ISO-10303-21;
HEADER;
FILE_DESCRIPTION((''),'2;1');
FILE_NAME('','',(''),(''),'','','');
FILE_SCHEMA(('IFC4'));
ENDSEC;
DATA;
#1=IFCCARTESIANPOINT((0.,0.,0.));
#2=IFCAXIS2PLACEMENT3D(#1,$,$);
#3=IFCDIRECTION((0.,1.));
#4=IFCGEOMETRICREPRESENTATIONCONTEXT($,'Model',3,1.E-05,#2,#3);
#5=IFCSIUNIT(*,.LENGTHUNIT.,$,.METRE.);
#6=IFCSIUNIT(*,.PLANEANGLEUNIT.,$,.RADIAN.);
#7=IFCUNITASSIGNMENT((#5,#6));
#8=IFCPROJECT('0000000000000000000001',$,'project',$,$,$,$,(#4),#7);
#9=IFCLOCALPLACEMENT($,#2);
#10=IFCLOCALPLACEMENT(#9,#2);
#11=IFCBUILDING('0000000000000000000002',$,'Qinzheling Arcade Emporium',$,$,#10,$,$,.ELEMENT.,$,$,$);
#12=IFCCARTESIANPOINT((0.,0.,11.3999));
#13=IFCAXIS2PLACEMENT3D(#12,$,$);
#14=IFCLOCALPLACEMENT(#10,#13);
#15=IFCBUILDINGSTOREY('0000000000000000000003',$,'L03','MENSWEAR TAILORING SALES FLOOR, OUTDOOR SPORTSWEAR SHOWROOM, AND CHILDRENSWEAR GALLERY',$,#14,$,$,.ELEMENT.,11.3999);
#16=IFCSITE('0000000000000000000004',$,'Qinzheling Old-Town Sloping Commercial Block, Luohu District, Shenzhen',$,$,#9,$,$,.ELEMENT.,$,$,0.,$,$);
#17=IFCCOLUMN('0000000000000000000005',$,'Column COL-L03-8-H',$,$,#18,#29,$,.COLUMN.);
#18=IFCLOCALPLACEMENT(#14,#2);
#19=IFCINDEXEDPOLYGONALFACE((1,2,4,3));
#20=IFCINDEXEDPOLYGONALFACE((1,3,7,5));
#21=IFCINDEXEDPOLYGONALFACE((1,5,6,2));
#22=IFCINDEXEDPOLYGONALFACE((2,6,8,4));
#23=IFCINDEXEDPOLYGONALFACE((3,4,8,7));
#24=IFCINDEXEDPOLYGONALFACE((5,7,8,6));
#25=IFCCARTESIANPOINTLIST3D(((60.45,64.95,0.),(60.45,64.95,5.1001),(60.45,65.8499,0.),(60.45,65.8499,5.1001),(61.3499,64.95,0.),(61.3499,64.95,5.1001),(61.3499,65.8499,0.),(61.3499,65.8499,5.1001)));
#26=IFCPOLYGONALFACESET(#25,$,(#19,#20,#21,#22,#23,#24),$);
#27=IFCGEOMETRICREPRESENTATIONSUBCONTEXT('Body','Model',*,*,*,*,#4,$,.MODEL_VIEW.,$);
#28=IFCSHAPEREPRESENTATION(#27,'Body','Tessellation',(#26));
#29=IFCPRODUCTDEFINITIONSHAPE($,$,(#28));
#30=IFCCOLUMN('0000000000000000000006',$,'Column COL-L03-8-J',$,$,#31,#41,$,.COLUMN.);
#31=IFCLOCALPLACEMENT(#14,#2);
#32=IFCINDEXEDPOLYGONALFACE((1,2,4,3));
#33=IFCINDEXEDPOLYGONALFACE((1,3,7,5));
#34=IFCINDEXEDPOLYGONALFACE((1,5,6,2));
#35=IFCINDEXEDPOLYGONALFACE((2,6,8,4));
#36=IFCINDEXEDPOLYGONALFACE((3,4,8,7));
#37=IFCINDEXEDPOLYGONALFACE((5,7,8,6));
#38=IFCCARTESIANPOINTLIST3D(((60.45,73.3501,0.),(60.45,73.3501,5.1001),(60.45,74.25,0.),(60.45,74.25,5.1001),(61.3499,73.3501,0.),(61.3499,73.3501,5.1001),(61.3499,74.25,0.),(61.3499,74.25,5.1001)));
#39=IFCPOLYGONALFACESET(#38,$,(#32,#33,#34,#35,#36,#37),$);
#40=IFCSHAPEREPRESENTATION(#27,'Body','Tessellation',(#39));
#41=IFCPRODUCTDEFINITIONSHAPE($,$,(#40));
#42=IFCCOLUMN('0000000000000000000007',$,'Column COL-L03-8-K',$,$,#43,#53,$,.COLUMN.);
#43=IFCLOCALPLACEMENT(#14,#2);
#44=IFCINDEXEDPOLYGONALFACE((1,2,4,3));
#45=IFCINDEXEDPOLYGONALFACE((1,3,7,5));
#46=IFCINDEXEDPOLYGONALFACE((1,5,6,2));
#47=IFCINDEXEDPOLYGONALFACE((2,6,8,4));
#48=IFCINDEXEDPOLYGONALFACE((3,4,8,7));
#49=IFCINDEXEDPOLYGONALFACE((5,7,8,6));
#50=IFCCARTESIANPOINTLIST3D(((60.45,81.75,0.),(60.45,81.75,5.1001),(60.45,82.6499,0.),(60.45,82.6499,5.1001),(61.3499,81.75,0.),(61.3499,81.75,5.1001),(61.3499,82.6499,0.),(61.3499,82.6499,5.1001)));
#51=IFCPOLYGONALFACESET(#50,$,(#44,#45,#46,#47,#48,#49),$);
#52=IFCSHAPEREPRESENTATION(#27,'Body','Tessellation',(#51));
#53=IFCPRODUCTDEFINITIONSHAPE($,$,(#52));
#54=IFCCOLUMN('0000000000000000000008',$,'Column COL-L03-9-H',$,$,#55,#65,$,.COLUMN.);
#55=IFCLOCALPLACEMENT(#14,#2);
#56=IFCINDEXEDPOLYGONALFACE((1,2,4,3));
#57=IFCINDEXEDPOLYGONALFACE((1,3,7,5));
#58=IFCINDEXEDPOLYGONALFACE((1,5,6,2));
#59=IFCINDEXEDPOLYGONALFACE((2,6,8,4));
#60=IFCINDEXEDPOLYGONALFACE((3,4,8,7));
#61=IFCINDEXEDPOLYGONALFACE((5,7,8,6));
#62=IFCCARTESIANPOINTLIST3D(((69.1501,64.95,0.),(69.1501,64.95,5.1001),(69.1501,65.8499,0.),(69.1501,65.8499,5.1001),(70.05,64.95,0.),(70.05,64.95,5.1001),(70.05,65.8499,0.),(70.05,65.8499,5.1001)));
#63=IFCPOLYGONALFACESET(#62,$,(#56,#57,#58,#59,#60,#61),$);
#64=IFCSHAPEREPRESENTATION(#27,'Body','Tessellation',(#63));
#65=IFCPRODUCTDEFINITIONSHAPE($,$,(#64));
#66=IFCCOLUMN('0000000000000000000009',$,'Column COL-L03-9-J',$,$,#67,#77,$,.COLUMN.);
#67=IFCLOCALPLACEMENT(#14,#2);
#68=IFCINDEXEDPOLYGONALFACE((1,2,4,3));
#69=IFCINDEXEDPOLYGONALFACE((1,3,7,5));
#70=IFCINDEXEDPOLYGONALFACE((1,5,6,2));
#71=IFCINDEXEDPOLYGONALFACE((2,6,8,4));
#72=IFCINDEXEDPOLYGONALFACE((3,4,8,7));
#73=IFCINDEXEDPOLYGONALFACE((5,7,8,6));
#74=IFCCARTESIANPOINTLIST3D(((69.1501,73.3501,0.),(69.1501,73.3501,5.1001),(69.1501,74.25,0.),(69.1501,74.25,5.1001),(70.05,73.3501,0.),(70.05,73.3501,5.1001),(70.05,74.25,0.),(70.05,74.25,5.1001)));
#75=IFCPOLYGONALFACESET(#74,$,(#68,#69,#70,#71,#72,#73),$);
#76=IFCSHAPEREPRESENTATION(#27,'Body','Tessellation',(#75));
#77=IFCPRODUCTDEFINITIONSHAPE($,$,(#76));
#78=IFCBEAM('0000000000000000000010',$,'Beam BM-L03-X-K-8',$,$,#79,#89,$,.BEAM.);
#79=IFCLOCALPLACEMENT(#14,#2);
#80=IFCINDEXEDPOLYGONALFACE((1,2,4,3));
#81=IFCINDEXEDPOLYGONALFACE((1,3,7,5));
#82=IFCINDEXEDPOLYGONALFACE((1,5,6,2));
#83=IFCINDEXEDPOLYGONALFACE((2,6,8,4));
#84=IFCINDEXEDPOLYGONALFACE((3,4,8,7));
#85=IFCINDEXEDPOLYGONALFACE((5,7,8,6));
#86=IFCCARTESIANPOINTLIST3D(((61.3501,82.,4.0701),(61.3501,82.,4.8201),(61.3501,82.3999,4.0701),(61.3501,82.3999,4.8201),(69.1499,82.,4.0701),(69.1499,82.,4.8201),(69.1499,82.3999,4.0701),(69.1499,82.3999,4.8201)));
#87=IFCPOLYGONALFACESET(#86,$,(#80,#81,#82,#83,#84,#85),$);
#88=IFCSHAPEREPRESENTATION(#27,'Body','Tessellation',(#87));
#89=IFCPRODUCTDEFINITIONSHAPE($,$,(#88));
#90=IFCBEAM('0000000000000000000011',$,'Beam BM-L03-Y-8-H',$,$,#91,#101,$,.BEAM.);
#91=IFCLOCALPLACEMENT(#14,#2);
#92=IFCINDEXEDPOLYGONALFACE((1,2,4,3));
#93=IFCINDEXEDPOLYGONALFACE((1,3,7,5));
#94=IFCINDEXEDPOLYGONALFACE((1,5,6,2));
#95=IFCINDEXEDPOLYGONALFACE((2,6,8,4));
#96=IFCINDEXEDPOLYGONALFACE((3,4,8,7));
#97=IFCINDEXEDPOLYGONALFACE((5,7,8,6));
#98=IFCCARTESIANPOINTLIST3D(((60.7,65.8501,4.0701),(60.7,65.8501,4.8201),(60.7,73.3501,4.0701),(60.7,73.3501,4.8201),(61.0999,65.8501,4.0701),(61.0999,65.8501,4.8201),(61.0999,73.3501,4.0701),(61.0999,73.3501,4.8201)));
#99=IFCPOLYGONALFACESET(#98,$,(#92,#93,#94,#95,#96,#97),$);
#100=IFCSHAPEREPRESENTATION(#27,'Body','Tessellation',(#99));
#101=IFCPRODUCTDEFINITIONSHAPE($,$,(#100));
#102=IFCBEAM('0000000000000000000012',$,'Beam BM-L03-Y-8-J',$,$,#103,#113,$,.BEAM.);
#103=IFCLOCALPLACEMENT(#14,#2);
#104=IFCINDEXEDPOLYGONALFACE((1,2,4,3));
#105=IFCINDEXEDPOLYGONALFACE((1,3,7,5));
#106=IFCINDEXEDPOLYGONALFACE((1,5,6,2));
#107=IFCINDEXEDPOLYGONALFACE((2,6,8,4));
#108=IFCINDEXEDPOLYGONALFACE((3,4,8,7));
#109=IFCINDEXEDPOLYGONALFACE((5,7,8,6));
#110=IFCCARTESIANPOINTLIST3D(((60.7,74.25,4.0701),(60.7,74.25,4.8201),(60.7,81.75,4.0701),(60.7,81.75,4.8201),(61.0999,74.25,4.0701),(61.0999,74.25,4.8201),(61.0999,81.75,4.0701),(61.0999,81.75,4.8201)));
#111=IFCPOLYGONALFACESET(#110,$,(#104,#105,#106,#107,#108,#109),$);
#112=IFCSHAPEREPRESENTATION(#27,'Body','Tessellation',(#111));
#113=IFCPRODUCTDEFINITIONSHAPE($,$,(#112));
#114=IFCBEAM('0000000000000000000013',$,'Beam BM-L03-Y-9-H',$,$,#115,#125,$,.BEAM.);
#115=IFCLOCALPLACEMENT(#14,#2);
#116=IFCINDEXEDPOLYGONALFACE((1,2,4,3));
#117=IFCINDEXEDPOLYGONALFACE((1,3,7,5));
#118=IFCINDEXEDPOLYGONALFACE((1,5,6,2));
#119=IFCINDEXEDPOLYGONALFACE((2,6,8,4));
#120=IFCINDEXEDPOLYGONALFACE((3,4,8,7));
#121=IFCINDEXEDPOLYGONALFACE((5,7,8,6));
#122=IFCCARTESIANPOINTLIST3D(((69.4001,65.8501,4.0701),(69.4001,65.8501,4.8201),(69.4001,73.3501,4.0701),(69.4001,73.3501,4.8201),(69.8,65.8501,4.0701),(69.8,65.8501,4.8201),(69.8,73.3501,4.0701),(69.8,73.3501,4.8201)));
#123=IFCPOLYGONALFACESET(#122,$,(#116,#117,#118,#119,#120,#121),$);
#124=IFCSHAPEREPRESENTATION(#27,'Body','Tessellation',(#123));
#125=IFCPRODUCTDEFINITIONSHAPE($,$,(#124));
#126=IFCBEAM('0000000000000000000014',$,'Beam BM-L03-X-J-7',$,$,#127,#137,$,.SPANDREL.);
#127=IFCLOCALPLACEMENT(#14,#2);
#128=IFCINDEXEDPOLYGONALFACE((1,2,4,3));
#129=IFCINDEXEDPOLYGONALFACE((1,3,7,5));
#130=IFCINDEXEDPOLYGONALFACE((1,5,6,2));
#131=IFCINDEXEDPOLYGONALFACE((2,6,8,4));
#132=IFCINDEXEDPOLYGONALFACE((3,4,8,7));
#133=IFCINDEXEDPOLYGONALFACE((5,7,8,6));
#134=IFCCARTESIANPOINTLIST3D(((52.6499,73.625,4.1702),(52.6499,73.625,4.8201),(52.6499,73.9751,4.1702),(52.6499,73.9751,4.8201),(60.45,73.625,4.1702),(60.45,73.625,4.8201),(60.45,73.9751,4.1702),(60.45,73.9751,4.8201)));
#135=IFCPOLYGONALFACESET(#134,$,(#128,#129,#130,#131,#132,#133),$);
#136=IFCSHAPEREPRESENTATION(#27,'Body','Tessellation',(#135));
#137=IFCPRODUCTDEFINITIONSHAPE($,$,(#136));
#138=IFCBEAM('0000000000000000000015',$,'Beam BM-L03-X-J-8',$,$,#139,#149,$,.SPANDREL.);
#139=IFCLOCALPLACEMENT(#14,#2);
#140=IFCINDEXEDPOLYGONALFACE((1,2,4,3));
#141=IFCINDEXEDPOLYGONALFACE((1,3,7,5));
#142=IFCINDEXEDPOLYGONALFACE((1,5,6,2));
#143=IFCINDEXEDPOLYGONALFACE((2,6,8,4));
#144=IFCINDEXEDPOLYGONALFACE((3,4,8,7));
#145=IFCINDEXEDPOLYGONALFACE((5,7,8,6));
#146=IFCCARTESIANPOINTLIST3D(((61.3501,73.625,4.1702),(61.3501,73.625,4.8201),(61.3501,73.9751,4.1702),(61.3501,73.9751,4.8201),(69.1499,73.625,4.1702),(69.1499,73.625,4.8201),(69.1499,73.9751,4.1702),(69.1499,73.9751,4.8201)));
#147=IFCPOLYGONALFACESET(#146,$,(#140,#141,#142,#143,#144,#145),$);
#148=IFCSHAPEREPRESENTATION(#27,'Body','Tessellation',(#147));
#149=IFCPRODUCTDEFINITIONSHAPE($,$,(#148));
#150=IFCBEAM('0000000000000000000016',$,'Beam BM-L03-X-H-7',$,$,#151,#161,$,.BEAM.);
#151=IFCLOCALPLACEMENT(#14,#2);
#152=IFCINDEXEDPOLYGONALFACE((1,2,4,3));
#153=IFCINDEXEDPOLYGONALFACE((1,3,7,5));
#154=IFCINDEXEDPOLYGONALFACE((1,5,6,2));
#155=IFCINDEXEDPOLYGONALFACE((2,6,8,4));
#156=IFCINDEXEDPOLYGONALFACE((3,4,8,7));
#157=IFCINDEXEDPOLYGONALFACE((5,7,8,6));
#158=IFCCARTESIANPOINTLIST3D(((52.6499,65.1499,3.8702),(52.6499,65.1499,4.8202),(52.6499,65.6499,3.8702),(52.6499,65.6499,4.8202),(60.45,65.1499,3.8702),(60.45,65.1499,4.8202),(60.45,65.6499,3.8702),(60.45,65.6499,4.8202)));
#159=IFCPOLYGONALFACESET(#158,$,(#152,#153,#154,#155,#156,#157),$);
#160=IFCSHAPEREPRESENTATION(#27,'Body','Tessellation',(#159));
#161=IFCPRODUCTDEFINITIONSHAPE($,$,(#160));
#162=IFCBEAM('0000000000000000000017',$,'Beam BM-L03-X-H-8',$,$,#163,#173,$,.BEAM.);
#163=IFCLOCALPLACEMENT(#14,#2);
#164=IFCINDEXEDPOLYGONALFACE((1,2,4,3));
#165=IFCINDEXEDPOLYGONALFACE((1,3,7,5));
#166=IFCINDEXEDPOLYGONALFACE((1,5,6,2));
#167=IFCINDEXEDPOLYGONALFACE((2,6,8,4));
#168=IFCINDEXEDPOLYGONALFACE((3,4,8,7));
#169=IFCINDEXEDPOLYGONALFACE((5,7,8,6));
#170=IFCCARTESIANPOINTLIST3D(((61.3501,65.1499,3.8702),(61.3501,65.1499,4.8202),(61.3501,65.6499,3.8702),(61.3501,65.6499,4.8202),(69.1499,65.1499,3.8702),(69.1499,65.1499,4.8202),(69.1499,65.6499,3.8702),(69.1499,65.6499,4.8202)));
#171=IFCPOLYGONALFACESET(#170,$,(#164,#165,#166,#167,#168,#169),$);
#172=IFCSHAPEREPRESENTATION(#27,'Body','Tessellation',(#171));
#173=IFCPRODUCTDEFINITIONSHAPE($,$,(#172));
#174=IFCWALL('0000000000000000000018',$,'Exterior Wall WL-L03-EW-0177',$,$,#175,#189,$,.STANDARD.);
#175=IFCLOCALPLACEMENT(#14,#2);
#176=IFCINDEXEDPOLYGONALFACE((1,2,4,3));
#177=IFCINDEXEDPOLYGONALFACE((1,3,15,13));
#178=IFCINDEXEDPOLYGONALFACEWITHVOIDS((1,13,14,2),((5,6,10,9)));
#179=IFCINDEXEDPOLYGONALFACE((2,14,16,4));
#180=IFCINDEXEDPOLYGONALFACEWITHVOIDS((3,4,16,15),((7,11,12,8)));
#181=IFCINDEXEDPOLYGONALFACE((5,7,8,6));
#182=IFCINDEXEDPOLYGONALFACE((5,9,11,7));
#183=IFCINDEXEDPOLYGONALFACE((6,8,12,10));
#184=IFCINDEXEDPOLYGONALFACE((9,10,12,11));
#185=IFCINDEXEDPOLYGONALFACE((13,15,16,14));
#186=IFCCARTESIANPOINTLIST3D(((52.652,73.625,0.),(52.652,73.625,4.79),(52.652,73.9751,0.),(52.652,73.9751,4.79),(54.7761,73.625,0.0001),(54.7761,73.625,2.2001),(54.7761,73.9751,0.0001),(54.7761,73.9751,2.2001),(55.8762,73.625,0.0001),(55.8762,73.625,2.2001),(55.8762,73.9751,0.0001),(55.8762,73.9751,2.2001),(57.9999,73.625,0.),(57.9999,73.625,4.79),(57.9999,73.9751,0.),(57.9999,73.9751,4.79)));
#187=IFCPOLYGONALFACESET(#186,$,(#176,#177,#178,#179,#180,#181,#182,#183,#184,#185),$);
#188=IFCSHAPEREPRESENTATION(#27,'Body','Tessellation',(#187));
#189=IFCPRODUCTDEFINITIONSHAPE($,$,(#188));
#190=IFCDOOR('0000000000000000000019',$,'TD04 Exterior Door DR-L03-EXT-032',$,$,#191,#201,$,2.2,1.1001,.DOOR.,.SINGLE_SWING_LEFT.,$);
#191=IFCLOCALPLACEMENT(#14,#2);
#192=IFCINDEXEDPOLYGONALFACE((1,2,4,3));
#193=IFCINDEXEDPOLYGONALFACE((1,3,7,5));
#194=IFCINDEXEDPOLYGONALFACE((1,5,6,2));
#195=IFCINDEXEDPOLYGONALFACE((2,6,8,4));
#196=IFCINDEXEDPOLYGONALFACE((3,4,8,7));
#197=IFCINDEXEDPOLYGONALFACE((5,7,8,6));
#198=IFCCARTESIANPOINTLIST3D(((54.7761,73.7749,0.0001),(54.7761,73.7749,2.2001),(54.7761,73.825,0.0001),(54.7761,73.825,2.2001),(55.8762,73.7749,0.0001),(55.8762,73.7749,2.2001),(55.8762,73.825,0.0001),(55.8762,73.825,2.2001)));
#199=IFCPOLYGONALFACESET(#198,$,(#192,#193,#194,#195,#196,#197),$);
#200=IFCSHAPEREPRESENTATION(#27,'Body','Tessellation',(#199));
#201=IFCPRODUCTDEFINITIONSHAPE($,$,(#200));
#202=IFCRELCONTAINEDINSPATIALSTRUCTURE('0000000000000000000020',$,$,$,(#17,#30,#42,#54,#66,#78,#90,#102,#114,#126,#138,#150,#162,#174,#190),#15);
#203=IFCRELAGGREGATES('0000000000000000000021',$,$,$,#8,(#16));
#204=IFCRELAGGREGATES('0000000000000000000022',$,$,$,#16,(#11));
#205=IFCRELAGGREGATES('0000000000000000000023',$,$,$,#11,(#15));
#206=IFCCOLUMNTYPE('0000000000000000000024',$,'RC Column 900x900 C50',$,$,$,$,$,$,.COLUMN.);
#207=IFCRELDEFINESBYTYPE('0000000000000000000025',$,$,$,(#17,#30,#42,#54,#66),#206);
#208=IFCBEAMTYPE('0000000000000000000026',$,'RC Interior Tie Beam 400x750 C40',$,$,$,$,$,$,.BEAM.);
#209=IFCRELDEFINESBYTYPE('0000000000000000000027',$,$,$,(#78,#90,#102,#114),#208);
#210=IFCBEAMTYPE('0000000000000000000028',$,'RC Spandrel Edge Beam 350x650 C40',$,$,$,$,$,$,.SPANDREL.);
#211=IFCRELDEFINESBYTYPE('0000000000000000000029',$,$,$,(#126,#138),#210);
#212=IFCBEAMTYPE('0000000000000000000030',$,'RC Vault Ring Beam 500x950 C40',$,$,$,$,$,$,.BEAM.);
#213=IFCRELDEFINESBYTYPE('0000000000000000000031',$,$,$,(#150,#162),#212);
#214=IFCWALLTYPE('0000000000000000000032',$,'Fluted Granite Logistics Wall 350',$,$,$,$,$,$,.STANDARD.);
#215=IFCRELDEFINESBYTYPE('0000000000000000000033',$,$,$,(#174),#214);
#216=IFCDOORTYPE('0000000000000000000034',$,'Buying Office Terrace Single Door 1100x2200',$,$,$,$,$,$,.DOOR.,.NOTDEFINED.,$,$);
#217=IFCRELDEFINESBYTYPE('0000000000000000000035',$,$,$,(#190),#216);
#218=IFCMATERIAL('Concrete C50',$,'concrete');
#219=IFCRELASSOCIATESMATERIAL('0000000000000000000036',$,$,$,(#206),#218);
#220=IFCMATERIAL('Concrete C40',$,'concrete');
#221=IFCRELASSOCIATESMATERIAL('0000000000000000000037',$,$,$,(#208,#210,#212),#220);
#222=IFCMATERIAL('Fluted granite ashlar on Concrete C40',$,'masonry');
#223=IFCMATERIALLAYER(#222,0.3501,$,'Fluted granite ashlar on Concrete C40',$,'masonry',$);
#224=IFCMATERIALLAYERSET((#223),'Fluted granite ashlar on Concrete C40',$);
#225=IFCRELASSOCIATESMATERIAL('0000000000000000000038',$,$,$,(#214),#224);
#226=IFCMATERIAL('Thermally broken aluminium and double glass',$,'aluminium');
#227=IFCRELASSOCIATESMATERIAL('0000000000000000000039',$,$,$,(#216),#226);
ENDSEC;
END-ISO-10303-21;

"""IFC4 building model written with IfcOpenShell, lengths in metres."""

from ifc_helpers import new_model, si_unit, direction, frame, frame_2d, origin, origin_2d, place, context, subcontext, project, spatial, rectangle, extrude, material, layer, layer_set, material_profile, profile_set, type_object, element, fill, save


model = new_model("IFC4")

# Units and contexts
model_context = context("Model", 3, precision=1e-05, world=origin(), true_north=direction((0.0, 1.0)))
body_context = subcontext(model_context, "Body", "Model", "MODEL_VIEW")
ifc_project = project(units=[si_unit("LENGTHUNIT", "METRE"), si_unit("PLANEANGLEUNIT", "RADIAN")], contexts=[model_context])

# Site, building, storey
site_placement = place(None, origin())
site = spatial("IfcSite", under=ifc_project, at=site_placement, Name="Qinzheling Old-Town Sloping Commercial Block, Luohu District, Shenzhen", CompositionType="ELEMENT", RefElevation=0.0)
building_placement = place(site_placement, origin())
building = spatial("IfcBuilding", under=site, at=building_placement, Name="Qinzheling Arcade Emporium", CompositionType="ELEMENT")
storey_placement = place(building_placement, frame((0.0, 0.0, 11.3999)))
storey = spatial("IfcBuildingStorey", under=building, at=storey_placement, Name="L03", Description="MENSWEAR TAILORING SALES FLOOR, OUTDOOR SPORTSWEAR SHOWROOM, AND CHILDRENSWEAR GALLERY", CompositionType="ELEMENT", Elevation=11.3999)

# Columns
ifc_material_1 = material(Name="Concrete C50", Category="concrete")
ifc_material_profile_1 = material_profile(ifc_material_1, rectangle(XDim=0.8999, YDim=0.8999, at=origin_2d()), Name="RC 900x900", Category="concrete")
ifc_profile_set_1 = profile_set([ifc_material_profile_1], Name="Concrete C50")
column_type = type_object("IfcColumnType", Name="RC Column 900x900 C50", PredefinedType="COLUMN", material=ifc_profile_set_1)
for number, where, z_axis, x_axis, name in (
    (1, (60.8999, 65.3999, 0.0), (0.0, 0.0, 1.0), (1.0, 0.0, 0.0), "Column COL-L03-8-H"),
    (2, (60.8999, 73.8, 0.0), (0.0, 0.0, 1.0), (1.0, 0.0, 0.0), "Column COL-L03-8-J"),
    (3, (60.8999, 82.2, 0.0), (0.0, 0.0, 1.0), (1.0, 0.0, 0.0), "Column COL-L03-8-K"),
    (4, (69.6001, 65.3999, 0.0), (0.0, 0.0, 1.0), (1.0, 0.0, 0.0), "Column COL-L03-9-H"),
    (5, (69.6001, 73.8, 0.0), (0.0, 0.0, 1.0), (1.0, 0.0, 0.0), "Column COL-L03-9-J"),
):
    element("IfcColumn", number, at=place(storey_placement, frame(where, z_axis=z_axis, x_axis=x_axis)), inside=storey, type_object=column_type, Name=name, PredefinedType="COLUMN", context=body_context, shape_type="SweptSolid", body=[
        extrude(rectangle(XDim=0.8999, YDim=0.8999, at=origin_2d()), origin(), (0.0, 0.0, 1.0), 5.1001),
    ])

# Beams
ifc_material_2 = material(Name="Concrete C40", Category="concrete")
ifc_material_profile_2 = material_profile(ifc_material_2, rectangle(XDim=0.3999, YDim=0.75, at=origin_2d()), Name="RC 400x750", Category="concrete")
ifc_profile_set_2 = profile_set([ifc_material_profile_2], Name="Concrete C40")
beam_type_1 = type_object("IfcBeamType", Name="RC Interior Tie Beam 400x750 C40", PredefinedType="BEAM", material=ifc_profile_set_2)
beam_1_placement = place(storey_placement, frame((61.3501, 82.2, 4.4451), z_axis=(1.0, 0.0, 0.0), x_axis=(0.0, 1.0, 0.0)))
element("IfcBeam", 6, at=beam_1_placement, inside=storey, type_object=beam_type_1, Name="Beam BM-L03-X-K-8", PredefinedType="BEAM", context=body_context, shape_type="SweptSolid", body=[
    extrude(rectangle(XDim=0.3999, YDim=0.75, at=origin_2d()), origin(), (0.0, 0.0, 1.0), 7.7998),
])
for number, where, z_axis, x_axis, name in (
    (7, (60.8999, 65.8501, 4.4451), (0.0, 1.0, 0.0), (-1.0, 0.0, 0.0), "Beam BM-L03-Y-8-H"),
    (8, (60.8999, 74.25, 4.4451), (0.0, 1.0, 0.0), (-1.0, 0.0, 0.0), "Beam BM-L03-Y-8-J"),
    (9, (69.6001, 65.8501, 4.4451), (0.0, 1.0, 0.0), (-1.0, 0.0, 0.0), "Beam BM-L03-Y-9-H"),
):
    element("IfcBeam", number, at=place(storey_placement, frame(where, z_axis=z_axis, x_axis=x_axis)), inside=storey, type_object=beam_type_1, Name=name, PredefinedType="BEAM", context=body_context, shape_type="SweptSolid", body=[
        extrude(rectangle(XDim=0.3999, YDim=0.75, at=origin_2d()), origin(), (0.0, 0.0, 1.0), 7.5),
    ])
ifc_material_profile_3 = material_profile(ifc_material_2, rectangle(XDim=0.3501, YDim=0.6499, at=origin_2d()), Name="RC 350x650", Category="concrete")
ifc_profile_set_3 = profile_set([ifc_material_profile_3], Name="Concrete C40")
beam_type_2 = type_object("IfcBeamType", Name="RC Spandrel Edge Beam 350x650 C40", PredefinedType="SPANDREL", material=ifc_profile_set_3)
beam_2_placement = place(storey_placement, frame((52.6499, 73.8, 4.4951), z_axis=(1.0, 0.0, 0.0), x_axis=(0.0, 1.0, 0.0)))
element("IfcBeam", 10, at=beam_2_placement, inside=storey, type_object=beam_type_2, Name="Beam BM-L03-X-J-7", PredefinedType="SPANDREL", context=body_context, shape_type="SweptSolid", body=[
    extrude(rectangle(XDim=0.3501, YDim=0.6499, at=origin_2d()), origin(), (0.0, 0.0, 1.0), 7.8),
])
beam_3_placement = place(storey_placement, frame((61.3501, 73.8, 4.4951), z_axis=(1.0, 0.0, 0.0), x_axis=(0.0, 1.0, 0.0)))
element("IfcBeam", 11, at=beam_3_placement, inside=storey, type_object=beam_type_2, Name="Beam BM-L03-X-J-8", PredefinedType="SPANDREL", context=body_context, shape_type="SweptSolid", body=[
    extrude(rectangle(XDim=0.3501, YDim=0.6499, at=origin_2d()), origin(), (0.0, 0.0, 1.0), 7.7998),
])
ifc_material_profile_4 = material_profile(ifc_material_2, rectangle(XDim=0.5, YDim=0.95, at=origin_2d()), Name="RC 500x950", Category="concrete")
ifc_profile_set_4 = profile_set([ifc_material_profile_4], Name="Concrete C40")
beam_type_3 = type_object("IfcBeamType", Name="RC Vault Ring Beam 500x950 C40", PredefinedType="BEAM", material=ifc_profile_set_4)
beam_4_placement = place(storey_placement, frame((52.6499, 65.3999, 4.3452), z_axis=(1.0, 0.0, 0.0), x_axis=(0.0, 1.0, 0.0)))
element("IfcBeam", 12, at=beam_4_placement, inside=storey, type_object=beam_type_3, Name="Beam BM-L03-X-H-7", PredefinedType="BEAM", context=body_context, shape_type="SweptSolid", body=[
    extrude(rectangle(XDim=0.5, YDim=0.95, at=origin_2d()), origin(), (0.0, 0.0, 1.0), 7.8),
])
beam_5_placement = place(storey_placement, frame((61.3501, 65.3999, 4.3452), z_axis=(1.0, 0.0, 0.0), x_axis=(0.0, 1.0, 0.0)))
element("IfcBeam", 13, at=beam_5_placement, inside=storey, type_object=beam_type_3, Name="Beam BM-L03-X-H-8", PredefinedType="BEAM", context=body_context, shape_type="SweptSolid", body=[
    extrude(rectangle(XDim=0.5, YDim=0.95, at=origin_2d()), origin(), (0.0, 0.0, 1.0), 7.7998),
])

# Wall, opening, door
ifc_material_3 = material(Name="Fluted granite ashlar on Concrete C40", Category="masonry")
ifc_layer_1 = layer(ifc_material_3, 0.3501, Name="Fluted granite ashlar on Concrete C40", Category="masonry")
ifc_layer_set_1 = layer_set([ifc_layer_1], Name="Fluted granite ashlar on Concrete C40")
wall_type_1 = type_object("IfcWallType", Name="Fluted Granite Logistics Wall 350", PredefinedType="STANDARD", material=ifc_layer_set_1)
wall_1_placement = place(storey_placement, frame((52.6521, 73.8, 0.0), z_axis=(0.0, 0.0, 1.0), x_axis=(1.0, 0.0, 0.0)))
wall_1 = element("IfcWall", 14, at=wall_1_placement, inside=storey, type_object=wall_type_1, Name="Exterior Wall WL-L03-EW-0177", PredefinedType="STANDARD", context=body_context, shape_type="SweptSolid", body=[
    extrude(rectangle(XDim=5.3479, YDim=0.3501, at=frame_2d((2.6738, 0.0))), origin(), (0.0, 0.0, 1.0), 4.79),
])
opening_1_placement = place(wall_1_placement, frame((2.124, 0.0, 0.0)))
opening_1 = element("IfcOpeningElement", 15, at=opening_1_placement, cuts=wall_1, PredefinedType="OPENING", context=body_context, shape_type="SweptSolid", body=[
    extrude(rectangle(XDim=1.1001, YDim=2.2, at=frame_2d((0.55, 1.1001))), frame((0.0, 0.1851, 0.0), z_axis=(0.0, -1.0, 0.0), x_axis=(1.0, 0.0, 0.0)), (0.0, 0.0, 1.0), 0.3701),
])
ifc_material_4 = material(Name="Thermally broken aluminium and double glass", Category="aluminium")
door_type = type_object("IfcDoorType", Name="Buying Office Terrace Single Door 1100x2200", OperationType="NOTDEFINED", PredefinedType="DOOR", material=ifc_material_4)
door_placement = place(opening_1_placement, origin())
door = element("IfcDoor", 16, at=door_placement, inside=storey, type_object=door_type, Name="TD04 Exterior Door DR-L03-EXT-032", OperationType="SINGLE_SWING_LEFT", OverallHeight=2.2, OverallWidth=1.1001, PredefinedType="DOOR", context=body_context, shape_type="SweptSolid", body=[
    extrude(rectangle(XDim=1.1001, YDim=2.2, at=frame_2d((0.55, 1.1001))), frame((0.0, 0.0249, 0.0), z_axis=(0.0, -1.0, 0.0), x_axis=(1.0, 0.0, 0.0)), (0.0, 0.0, 1.0), 0.05),
])
fill(opening_1, door)

save(model, "model.ifc")
